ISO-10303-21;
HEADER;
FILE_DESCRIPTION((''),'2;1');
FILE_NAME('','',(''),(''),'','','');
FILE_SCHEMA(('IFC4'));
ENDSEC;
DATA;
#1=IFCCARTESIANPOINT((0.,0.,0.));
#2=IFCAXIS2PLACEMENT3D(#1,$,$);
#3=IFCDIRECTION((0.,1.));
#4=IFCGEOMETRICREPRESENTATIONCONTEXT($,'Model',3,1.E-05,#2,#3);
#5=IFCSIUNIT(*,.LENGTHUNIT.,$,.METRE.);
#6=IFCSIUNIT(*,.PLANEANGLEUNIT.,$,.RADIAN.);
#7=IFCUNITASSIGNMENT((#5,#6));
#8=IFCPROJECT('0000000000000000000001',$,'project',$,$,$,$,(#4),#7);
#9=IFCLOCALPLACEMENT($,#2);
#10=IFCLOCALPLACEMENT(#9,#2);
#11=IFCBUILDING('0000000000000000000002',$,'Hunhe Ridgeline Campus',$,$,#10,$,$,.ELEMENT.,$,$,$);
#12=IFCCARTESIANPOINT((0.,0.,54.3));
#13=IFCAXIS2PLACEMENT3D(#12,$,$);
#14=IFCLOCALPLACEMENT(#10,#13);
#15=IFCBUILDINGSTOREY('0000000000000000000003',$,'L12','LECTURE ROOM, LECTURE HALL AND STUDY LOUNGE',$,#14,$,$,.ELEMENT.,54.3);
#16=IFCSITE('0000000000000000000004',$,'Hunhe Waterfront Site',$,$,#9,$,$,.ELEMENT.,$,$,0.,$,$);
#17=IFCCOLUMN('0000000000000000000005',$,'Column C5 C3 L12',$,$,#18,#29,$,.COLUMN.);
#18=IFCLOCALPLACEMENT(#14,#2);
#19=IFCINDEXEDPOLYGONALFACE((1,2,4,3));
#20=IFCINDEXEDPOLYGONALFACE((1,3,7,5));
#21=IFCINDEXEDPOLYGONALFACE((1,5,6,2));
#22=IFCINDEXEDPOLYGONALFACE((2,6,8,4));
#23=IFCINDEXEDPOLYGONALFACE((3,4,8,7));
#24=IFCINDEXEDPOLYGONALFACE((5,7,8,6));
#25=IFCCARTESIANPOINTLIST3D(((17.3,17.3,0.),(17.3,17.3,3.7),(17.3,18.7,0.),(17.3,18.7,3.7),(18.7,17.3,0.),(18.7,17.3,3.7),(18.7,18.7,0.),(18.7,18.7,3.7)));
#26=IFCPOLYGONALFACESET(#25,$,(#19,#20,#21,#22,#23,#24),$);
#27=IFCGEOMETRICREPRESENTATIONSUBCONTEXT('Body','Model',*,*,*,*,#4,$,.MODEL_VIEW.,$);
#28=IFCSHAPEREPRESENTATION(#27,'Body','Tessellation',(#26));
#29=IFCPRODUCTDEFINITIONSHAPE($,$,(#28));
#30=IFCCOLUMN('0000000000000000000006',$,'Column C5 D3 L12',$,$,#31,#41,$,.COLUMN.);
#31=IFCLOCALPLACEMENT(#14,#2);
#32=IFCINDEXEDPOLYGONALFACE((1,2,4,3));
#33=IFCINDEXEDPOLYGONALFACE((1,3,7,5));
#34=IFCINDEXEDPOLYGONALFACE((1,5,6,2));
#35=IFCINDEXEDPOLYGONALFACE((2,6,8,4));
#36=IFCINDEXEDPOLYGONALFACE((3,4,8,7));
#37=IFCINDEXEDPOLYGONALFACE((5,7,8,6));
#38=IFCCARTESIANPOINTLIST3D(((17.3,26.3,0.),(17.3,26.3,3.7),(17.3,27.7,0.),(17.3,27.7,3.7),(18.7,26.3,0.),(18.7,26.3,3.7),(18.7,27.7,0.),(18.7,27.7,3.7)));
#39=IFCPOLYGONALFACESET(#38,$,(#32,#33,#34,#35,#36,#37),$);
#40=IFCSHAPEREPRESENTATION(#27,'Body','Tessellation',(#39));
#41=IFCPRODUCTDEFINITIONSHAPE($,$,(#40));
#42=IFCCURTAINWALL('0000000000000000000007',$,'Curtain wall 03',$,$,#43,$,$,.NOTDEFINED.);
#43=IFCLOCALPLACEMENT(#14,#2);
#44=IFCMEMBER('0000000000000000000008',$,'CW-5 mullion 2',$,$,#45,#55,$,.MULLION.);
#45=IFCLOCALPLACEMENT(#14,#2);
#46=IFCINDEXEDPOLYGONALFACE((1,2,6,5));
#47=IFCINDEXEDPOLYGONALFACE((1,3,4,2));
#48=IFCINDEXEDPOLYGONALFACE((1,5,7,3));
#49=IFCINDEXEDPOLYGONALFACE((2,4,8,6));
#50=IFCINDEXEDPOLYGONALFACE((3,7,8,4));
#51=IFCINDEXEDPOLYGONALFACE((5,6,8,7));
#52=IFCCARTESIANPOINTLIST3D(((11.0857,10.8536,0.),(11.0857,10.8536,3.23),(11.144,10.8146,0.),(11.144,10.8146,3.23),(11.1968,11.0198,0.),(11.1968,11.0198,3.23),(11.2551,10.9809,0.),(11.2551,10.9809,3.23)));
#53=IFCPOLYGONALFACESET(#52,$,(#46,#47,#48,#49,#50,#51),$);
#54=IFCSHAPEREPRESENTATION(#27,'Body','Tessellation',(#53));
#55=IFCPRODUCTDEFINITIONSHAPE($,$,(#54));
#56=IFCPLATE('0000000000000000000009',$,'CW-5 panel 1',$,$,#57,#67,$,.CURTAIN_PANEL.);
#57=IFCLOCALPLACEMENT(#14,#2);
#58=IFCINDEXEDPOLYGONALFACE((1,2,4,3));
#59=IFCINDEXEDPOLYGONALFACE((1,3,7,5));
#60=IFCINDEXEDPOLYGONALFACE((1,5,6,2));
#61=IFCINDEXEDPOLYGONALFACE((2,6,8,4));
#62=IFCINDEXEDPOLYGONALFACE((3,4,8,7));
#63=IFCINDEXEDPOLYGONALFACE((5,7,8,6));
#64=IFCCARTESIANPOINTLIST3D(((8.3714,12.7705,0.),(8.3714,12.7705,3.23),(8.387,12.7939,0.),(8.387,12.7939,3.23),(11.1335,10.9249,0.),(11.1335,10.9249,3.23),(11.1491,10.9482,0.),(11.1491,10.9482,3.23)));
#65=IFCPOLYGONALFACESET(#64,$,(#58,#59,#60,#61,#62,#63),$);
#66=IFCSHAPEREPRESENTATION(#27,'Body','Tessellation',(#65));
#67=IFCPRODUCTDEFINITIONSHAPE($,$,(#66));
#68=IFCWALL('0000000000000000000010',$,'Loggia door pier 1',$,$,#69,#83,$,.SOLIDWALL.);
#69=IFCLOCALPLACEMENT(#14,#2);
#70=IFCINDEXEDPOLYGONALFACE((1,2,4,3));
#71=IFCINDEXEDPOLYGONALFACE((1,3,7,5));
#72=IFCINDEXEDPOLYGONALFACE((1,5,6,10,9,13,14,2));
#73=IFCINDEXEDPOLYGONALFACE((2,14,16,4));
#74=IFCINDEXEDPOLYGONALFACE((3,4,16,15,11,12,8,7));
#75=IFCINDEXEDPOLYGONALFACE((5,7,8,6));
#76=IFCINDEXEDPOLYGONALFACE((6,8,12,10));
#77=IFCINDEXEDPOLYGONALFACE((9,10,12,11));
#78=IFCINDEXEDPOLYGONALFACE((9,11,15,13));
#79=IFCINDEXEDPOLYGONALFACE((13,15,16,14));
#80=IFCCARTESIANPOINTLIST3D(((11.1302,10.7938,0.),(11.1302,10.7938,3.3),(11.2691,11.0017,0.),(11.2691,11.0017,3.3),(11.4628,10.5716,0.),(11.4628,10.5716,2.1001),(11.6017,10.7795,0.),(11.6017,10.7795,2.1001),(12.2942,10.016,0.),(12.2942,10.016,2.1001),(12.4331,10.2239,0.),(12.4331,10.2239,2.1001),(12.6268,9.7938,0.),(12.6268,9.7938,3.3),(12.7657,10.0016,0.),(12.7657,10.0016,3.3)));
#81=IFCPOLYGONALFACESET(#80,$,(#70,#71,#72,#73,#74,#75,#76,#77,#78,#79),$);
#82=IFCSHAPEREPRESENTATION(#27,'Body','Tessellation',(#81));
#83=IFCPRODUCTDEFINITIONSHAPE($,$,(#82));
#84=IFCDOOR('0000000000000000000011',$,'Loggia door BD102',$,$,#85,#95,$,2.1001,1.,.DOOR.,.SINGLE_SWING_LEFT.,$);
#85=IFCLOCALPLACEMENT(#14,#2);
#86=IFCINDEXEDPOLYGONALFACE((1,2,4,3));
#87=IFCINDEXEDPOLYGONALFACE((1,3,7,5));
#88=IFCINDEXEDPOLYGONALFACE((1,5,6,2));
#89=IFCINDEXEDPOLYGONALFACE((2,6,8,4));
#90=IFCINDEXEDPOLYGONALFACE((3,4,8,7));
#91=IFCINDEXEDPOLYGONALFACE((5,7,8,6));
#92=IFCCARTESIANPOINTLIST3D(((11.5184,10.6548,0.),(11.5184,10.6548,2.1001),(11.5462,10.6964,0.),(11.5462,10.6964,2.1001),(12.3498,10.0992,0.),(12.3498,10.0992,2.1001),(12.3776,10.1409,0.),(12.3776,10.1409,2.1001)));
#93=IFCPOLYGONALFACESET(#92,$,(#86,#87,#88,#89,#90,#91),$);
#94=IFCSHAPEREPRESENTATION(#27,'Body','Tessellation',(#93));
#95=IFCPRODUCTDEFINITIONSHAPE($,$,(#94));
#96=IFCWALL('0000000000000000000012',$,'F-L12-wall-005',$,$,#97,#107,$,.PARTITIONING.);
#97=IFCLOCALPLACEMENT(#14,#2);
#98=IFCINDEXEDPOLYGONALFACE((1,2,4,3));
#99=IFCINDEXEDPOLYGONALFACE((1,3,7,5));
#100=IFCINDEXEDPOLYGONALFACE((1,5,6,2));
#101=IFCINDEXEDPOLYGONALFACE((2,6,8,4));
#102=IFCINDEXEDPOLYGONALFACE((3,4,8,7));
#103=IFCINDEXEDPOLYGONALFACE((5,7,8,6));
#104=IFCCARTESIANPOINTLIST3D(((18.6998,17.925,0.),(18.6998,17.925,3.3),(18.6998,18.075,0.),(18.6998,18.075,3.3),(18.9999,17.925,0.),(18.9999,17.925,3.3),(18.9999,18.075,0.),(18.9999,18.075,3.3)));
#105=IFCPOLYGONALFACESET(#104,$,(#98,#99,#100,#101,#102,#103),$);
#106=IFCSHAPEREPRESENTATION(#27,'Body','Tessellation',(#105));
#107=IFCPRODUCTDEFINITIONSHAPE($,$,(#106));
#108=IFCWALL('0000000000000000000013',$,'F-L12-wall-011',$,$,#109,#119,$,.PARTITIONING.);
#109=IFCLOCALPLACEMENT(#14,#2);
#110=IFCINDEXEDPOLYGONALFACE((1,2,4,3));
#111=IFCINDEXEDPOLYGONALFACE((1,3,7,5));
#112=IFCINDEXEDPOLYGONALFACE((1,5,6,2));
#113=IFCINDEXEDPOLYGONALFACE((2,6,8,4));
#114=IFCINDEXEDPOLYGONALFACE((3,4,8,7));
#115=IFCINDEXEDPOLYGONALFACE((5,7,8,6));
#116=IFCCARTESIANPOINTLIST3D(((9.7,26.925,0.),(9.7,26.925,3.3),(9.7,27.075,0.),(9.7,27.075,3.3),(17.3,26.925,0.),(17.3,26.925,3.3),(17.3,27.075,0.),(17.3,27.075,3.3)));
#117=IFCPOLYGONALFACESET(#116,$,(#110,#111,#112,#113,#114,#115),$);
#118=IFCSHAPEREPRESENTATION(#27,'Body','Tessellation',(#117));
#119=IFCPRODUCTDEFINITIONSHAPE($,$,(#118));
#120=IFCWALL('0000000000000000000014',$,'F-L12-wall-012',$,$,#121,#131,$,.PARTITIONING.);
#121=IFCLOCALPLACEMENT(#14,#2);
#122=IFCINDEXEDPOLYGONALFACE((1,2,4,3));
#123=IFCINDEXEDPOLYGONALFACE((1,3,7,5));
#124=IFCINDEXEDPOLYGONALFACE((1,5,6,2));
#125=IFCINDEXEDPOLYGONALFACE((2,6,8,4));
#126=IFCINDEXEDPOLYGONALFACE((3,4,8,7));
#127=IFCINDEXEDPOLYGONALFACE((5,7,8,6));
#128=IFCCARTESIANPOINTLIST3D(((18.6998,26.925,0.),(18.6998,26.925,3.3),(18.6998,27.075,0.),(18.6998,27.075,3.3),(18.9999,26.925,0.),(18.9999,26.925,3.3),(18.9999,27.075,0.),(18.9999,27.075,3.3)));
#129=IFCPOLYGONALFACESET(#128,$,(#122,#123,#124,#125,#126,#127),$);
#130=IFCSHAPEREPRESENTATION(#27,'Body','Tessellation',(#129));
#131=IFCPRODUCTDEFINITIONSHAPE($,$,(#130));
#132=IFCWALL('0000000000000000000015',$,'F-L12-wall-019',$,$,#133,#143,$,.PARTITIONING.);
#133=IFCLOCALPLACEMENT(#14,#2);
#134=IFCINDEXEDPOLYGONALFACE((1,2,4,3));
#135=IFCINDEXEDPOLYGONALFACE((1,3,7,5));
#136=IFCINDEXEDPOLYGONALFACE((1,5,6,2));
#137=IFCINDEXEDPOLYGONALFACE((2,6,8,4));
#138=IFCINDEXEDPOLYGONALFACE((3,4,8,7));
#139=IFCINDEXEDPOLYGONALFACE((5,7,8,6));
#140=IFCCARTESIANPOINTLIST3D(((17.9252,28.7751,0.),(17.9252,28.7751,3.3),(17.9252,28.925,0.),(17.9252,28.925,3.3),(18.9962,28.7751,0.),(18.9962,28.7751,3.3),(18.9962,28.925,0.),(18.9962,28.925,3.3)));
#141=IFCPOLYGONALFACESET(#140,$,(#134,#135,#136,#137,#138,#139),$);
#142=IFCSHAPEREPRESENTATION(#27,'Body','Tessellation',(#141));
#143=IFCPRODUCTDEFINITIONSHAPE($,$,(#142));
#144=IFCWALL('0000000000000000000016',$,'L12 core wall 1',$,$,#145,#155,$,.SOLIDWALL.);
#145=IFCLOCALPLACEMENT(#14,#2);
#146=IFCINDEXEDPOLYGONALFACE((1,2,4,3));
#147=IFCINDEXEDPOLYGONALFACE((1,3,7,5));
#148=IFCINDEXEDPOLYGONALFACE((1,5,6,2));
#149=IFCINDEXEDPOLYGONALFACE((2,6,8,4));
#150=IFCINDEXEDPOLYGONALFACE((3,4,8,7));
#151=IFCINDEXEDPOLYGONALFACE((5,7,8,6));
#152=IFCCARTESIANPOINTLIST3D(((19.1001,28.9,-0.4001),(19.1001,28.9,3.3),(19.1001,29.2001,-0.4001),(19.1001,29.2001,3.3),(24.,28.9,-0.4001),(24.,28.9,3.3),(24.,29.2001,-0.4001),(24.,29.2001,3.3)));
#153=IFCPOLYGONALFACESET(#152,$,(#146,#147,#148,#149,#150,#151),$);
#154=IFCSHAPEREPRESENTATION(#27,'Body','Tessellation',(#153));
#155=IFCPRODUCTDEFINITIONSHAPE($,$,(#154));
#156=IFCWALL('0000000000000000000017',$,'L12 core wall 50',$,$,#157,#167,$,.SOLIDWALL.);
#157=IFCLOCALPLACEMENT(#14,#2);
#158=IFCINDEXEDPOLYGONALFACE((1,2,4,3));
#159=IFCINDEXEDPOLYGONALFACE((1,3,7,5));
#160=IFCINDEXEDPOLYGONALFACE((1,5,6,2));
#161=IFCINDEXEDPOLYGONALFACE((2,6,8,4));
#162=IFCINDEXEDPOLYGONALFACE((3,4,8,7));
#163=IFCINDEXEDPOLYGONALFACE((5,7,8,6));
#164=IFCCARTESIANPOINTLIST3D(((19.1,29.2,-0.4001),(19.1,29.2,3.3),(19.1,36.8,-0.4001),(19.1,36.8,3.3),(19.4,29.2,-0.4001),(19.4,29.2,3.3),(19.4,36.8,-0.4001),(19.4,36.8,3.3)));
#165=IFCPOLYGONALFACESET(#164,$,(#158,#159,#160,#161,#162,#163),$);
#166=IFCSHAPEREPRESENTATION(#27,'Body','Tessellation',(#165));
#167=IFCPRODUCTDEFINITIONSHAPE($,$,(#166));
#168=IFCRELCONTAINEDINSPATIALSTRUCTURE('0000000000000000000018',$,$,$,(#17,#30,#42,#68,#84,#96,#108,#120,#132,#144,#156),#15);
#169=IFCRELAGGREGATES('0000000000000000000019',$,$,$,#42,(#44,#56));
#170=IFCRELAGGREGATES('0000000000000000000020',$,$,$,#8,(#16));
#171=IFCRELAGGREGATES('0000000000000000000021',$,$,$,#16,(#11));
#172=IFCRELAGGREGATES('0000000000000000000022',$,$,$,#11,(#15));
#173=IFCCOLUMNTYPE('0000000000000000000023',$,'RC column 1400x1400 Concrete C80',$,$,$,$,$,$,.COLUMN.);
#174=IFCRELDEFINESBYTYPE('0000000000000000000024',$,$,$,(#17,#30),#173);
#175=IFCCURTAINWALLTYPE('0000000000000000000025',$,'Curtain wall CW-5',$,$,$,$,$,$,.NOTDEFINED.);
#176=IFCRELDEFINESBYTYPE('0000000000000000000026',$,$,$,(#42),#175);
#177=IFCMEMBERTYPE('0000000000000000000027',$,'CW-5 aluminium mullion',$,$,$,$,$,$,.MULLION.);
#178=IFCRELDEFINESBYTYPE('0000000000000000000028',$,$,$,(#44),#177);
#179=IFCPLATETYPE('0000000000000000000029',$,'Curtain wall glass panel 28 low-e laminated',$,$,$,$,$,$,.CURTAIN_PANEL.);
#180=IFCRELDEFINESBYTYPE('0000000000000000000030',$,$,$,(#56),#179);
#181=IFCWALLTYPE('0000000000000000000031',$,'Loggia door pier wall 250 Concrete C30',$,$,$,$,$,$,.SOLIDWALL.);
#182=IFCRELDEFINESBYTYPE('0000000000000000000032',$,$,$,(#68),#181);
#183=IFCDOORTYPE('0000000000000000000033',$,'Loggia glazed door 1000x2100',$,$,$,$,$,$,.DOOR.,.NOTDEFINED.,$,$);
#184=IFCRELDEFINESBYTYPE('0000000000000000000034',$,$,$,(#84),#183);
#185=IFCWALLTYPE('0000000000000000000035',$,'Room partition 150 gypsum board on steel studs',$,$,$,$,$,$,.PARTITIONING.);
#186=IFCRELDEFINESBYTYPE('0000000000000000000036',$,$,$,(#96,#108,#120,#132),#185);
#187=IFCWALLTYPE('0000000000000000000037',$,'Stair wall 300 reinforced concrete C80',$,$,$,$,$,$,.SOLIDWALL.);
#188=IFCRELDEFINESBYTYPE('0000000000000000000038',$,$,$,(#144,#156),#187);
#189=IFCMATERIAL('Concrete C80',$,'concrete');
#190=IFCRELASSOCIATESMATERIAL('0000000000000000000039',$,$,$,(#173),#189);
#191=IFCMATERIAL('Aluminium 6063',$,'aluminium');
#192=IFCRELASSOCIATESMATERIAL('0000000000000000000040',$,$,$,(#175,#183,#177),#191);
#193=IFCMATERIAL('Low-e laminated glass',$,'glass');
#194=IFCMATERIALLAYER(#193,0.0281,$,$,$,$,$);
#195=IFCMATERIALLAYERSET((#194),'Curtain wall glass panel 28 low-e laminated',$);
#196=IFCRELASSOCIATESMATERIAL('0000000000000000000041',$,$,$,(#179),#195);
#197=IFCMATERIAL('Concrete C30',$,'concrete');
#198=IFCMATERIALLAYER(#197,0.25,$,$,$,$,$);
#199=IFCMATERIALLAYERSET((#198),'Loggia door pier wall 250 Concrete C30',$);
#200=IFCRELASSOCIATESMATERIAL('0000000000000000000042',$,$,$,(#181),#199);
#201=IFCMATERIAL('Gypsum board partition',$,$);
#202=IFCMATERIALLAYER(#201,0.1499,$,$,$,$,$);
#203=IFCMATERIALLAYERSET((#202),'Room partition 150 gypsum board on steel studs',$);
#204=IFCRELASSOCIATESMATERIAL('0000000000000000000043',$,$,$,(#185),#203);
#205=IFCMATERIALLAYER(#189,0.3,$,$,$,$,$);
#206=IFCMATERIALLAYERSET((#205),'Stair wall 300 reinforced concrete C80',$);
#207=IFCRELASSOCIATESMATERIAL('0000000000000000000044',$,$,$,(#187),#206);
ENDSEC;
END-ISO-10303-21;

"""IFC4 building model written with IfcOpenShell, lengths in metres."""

from ifc_helpers import new_model, si_unit, direction, frame, frame_2d, origin, origin_2d, place, context, subcontext, project, spatial, rectangle, extrude, material, layer, layer_set, material_profile, profile_set, type_object, element, fill, aggregate, save


model = new_model("IFC4")

# Units and contexts
model_context = context("Model", 3, precision=1e-05, world=origin(), true_north=direction((0.0, 1.0)))
body_context = subcontext(model_context, "Body", "Model", "MODEL_VIEW")
ifc_project = project(units=[si_unit("LENGTHUNIT", "METRE"), si_unit("PLANEANGLEUNIT", "RADIAN")], contexts=[model_context])

# Site, building, storey
site_placement = place(None, origin())
site = spatial("IfcSite", under=ifc_project, at=site_placement, Name="Hunhe Waterfront Site", CompositionType="ELEMENT", RefElevation=0.0)
building_placement = place(site_placement, origin())
building = spatial("IfcBuilding", under=site, at=building_placement, Name="Hunhe Ridgeline Campus", CompositionType="ELEMENT")
storey_placement = place(building_placement, frame((0.0, 0.0, 54.3)))
storey = spatial("IfcBuildingStorey", under=building, at=storey_placement, Name="L12", Description="LECTURE ROOM, LECTURE HALL AND STUDY LOUNGE", CompositionType="ELEMENT", Elevation=54.3)

# Columns
ifc_material_1 = material(Name="Concrete C80", Category="concrete")
ifc_material_profile_1 = material_profile(ifc_material_1, rectangle(XDim=1.3999, YDim=1.3999, at=origin_2d()))
ifc_profile_set_1 = profile_set([ifc_material_profile_1], Name="Concrete C80")
column_type = type_object("IfcColumnType", Name="RC column 1400x1400 Concrete C80", PredefinedType="COLUMN", material=ifc_profile_set_1)
for number, where, z_axis, x_axis, name in (
    (1, (18.0, 18.0, 0.0), (0.0, 0.0, 1.0), (1.0, 0.0, 0.0), "Column C5 C3 L12"),
    (2, (18.0, 27.0, 0.0), (0.0, 0.0, 1.0), (1.0, 0.0, 0.0), "Column C5 D3 L12"),
):
    element("IfcColumn", number, at=place(storey_placement, frame(where, z_axis=z_axis, x_axis=x_axis)), inside=storey, type_object=column_type, Name=name, PredefinedType="COLUMN", context=body_context, shape_type="SweptSolid", body=[
        extrude(rectangle(XDim=1.3999, YDim=1.3999, at=origin_2d()), origin(), (0.0, 0.0, 1.0), 3.7),
    ])

# Curtain wall, member, plate
ifc_material_2 = material(Name="Aluminium 6063", Category="aluminium")
curtain_wall_type = type_object("IfcCurtainWallType", Name="Curtain wall CW-5", PredefinedType="NOTDEFINED", material=ifc_material_2)
curtain_wall_placement = place(storey_placement, origin())
curtain_wall = element("IfcCurtainWall", 3, at=curtain_wall_placement, inside=storey, type_object=curtain_wall_type, Name="Curtain wall 03", PredefinedType="NOTDEFINED")
ifc_material_profile_2 = material_profile(ifc_material_2, rectangle(XDim=0.2, YDim=0.0701, at=origin_2d()))
ifc_profile_set_2 = profile_set([ifc_material_profile_2], Name="Aluminium 6063")
member_type = type_object("IfcMemberType", Name="CW-5 aluminium mullion", PredefinedType="MULLION", material=ifc_profile_set_2)
member_placement = place(storey_placement, frame((11.1704, 10.9172, 0.0), z_axis=(0.0, 0.0, 1.0), x_axis=(0.55557, 0.83147, 0.0)))
member = element("IfcMember", 4, at=member_placement, type_object=member_type, Name="CW-5 mullion 2", PredefinedType="MULLION", context=body_context, shape_type="SweptSolid", body=[
    extrude(rectangle(XDim=0.2, YDim=0.0701, at=origin_2d()), origin(), (0.0, 0.0, 1.0), 3.23),
])
ifc_material_3 = material(Name="Low-e laminated glass", Category="glass")
ifc_layer_1 = layer(ifc_material_3, 0.0281)
ifc_layer_set_1 = layer_set([ifc_layer_1], Name="Curtain wall glass panel 28 low-e laminated")
plate_type = type_object("IfcPlateType", Name="Curtain wall glass panel 28 low-e laminated", PredefinedType="CURTAIN_PANEL", material=ifc_layer_set_1)
plate_placement = place(storey_placement, frame((9.7603, 11.8594, 0.0), z_axis=(0.0, 0.0, 1.0), x_axis=(0.83147, -0.55557, 0.0)))
plate = element("IfcPlate", 5, at=plate_placement, type_object=plate_type, Name="CW-5 panel 1", PredefinedType="CURTAIN_PANEL", context=body_context, shape_type="SweptSolid", body=[
    extrude(rectangle(XDim=3.322, YDim=0.0281, at=origin_2d()), origin(), (0.0, 0.0, 1.0), 3.23),
])
aggregate(curtain_wall, [member, plate])

# Wall, opening, door
ifc_material_4 = material(Name="Gypsum board partition")
ifc_material_5 = material(Name="Concrete C30", Category="concrete")
ifc_layer_2 = layer(ifc_material_5, 0.25)
ifc_layer_set_2 = layer_set([ifc_layer_2], Name="Loggia door pier wall 250 Concrete C30")
wall_type_1 = type_object("IfcWallType", Name="Loggia door pier wall 250 Concrete C30", PredefinedType="SOLIDWALL", material=ifc_layer_set_2)
wall_1_placement = place(storey_placement, frame((11.1997, 10.8977, 0.0), z_axis=(0.0, 0.0, 1.0), x_axis=(0.831466, -0.555576, 0.0)))
wall_1 = element("IfcWall", 6, at=wall_1_placement, inside=storey, type_object=wall_type_1, Name="Loggia door pier 1", PredefinedType="SOLIDWALL", context=body_context, shape_type="SweptSolid", body=[
    extrude(rectangle(XDim=1.8, YDim=0.25, at=frame_2d((0.8999, 0.0))), origin(), (0.0, 0.0, 1.0), 3.3),
])
opening_1_placement = place(wall_1_placement, frame((0.3999, 0.0, 0.0)))
opening_1 = element("IfcOpeningElement", 7, at=opening_1_placement, cuts=wall_1, PredefinedType="OPENING", context=body_context, shape_type="SweptSolid", body=[
    extrude(rectangle(XDim=1.0, YDim=2.1001, at=frame_2d((0.5, 1.05))), frame((0.0, 0.125, 0.0), z_axis=(0.0, -1.0, 0.0), x_axis=(1.0, 0.0, 0.0)), (0.0, 0.0, 1.0), 0.25),
])
door_type_1 = type_object("IfcDoorType", Name="Loggia glazed door 1000x2100", OperationType="NOTDEFINED", PredefinedType="DOOR", material=ifc_material_2)
door_1_placement = place(opening_1_placement, frame((1.0, 0.0, 0.0), z_axis=(0.0, 0.0, 1.0), x_axis=(-1.0, 0.0, 0.0)))
door_1 = element("IfcDoor", 8, at=door_1_placement, inside=storey, type_object=door_type_1, Name="Loggia door BD102", OperationType="SINGLE_SWING_LEFT", OverallHeight=2.1001, OverallWidth=1.0, PredefinedType="DOOR", context=body_context, shape_type="SweptSolid", body=[
    extrude(rectangle(XDim=1.0, YDim=2.1001, at=frame_2d((0.5, 1.05))), frame((0.0, 0.0249, 0.0), z_axis=(0.0, -1.0, 0.0), x_axis=(1.0, 0.0, 0.0)), (0.0, 0.0, 1.0), 0.05),
])
fill(opening_1, door_1)

# Walls
ifc_layer_3 = layer(ifc_material_4, 0.1499)
ifc_layer_set_3 = layer_set([ifc_layer_3], Name="Room partition 150 gypsum board on steel studs")
wall_type_2 = type_object("IfcWallType", Name="Room partition 150 gypsum board on steel studs", PredefinedType="PARTITIONING", material=ifc_layer_set_3)
wall_2_placement = place(storey_placement, frame((18.7, 18.0, 0.0), z_axis=(0.0, 0.0, 1.0), x_axis=(1.0, 0.0, 0.0)))
element("IfcWall", 9, at=wall_2_placement, inside=storey, type_object=wall_type_2, Name="F-L12-wall-005", PredefinedType="PARTITIONING", context=body_context, shape_type="SweptSolid", body=[
    extrude(rectangle(XDim=0.3, YDim=0.1499, at=frame_2d((0.1499, 0.0))), origin(), (0.0, 0.0, 1.0), 3.3),
])
wall_3_placement = place(storey_placement, frame((9.7, 27.0, 0.0), z_axis=(0.0, 0.0, 1.0), x_axis=(1.0, 0.0, 0.0)))
element("IfcWall", 10, at=wall_3_placement, inside=storey, type_object=wall_type_2, Name="F-L12-wall-011", PredefinedType="PARTITIONING", context=body_context, shape_type="SweptSolid", body=[
    extrude(rectangle(XDim=7.6001, YDim=0.1499, at=frame_2d((3.8, 0.0))), origin(), (0.0, 0.0, 1.0), 3.3),
])
wall_4_placement = place(storey_placement, frame((18.7, 27.0, 0.0), z_axis=(0.0, 0.0, 1.0), x_axis=(1.0, 0.0, 0.0)))
element("IfcWall", 11, at=wall_4_placement, inside=storey, type_object=wall_type_2, Name="F-L12-wall-012", PredefinedType="PARTITIONING", context=body_context, shape_type="SweptSolid", body=[
    extrude(rectangle(XDim=0.3, YDim=0.1499, at=frame_2d((0.1499, 0.0))), origin(), (0.0, 0.0, 1.0), 3.3),
])
wall_5_placement = place(storey_placement, frame((17.925, 28.8501, 0.0), z_axis=(0.0, 0.0, 1.0), x_axis=(1.0, 0.0, 0.0)))
element("IfcWall", 12, at=wall_5_placement, inside=storey, type_object=wall_type_2, Name="F-L12-wall-019", PredefinedType="PARTITIONING", context=body_context, shape_type="SweptSolid", body=[
    extrude(rectangle(XDim=1.071, YDim=0.1499, at=frame_2d((0.5356, 0.0))), origin(), (0.0, 0.0, 1.0), 3.3),
])
ifc_layer_4 = layer(ifc_material_1, 0.3)
ifc_layer_set_4 = layer_set([ifc_layer_4], Name="Stair wall 300 reinforced concrete C80")
wall_type_3 = type_object("IfcWallType", Name="Stair wall 300 reinforced concrete C80", PredefinedType="SOLIDWALL", material=ifc_layer_set_4)
wall_6_placement = place(storey_placement, frame((19.1001, 29.05, -0.4001), z_axis=(0.0, 0.0, 1.0), x_axis=(1.0, 0.0, 0.0)))
element("IfcWall", 13, at=wall_6_placement, inside=storey, type_object=wall_type_3, Name="L12 core wall 1", PredefinedType="SOLIDWALL", context=body_context, shape_type="SweptSolid", body=[
    extrude(rectangle(XDim=4.8999, YDim=0.3, at=frame_2d((2.45, 0.0))), origin(), (0.0, 0.0, 1.0), 3.7002),
])
wall_7_placement = place(storey_placement, frame((19.25, 29.2, -0.4001), z_axis=(0.0, 0.0, 1.0), x_axis=(0.0, 1.0, 0.0)))
element("IfcWall", 14, at=wall_7_placement, inside=storey, type_object=wall_type_3, Name="L12 core wall 50", PredefinedType="SOLIDWALL", context=body_context, shape_type="SweptSolid", body=[
    extrude(rectangle(XDim=7.6001, YDim=0.3, at=frame_2d((3.8, 0.0))), origin(), (0.0, 0.0, 1.0), 3.7002),
])

save(model, "model.ifc")
